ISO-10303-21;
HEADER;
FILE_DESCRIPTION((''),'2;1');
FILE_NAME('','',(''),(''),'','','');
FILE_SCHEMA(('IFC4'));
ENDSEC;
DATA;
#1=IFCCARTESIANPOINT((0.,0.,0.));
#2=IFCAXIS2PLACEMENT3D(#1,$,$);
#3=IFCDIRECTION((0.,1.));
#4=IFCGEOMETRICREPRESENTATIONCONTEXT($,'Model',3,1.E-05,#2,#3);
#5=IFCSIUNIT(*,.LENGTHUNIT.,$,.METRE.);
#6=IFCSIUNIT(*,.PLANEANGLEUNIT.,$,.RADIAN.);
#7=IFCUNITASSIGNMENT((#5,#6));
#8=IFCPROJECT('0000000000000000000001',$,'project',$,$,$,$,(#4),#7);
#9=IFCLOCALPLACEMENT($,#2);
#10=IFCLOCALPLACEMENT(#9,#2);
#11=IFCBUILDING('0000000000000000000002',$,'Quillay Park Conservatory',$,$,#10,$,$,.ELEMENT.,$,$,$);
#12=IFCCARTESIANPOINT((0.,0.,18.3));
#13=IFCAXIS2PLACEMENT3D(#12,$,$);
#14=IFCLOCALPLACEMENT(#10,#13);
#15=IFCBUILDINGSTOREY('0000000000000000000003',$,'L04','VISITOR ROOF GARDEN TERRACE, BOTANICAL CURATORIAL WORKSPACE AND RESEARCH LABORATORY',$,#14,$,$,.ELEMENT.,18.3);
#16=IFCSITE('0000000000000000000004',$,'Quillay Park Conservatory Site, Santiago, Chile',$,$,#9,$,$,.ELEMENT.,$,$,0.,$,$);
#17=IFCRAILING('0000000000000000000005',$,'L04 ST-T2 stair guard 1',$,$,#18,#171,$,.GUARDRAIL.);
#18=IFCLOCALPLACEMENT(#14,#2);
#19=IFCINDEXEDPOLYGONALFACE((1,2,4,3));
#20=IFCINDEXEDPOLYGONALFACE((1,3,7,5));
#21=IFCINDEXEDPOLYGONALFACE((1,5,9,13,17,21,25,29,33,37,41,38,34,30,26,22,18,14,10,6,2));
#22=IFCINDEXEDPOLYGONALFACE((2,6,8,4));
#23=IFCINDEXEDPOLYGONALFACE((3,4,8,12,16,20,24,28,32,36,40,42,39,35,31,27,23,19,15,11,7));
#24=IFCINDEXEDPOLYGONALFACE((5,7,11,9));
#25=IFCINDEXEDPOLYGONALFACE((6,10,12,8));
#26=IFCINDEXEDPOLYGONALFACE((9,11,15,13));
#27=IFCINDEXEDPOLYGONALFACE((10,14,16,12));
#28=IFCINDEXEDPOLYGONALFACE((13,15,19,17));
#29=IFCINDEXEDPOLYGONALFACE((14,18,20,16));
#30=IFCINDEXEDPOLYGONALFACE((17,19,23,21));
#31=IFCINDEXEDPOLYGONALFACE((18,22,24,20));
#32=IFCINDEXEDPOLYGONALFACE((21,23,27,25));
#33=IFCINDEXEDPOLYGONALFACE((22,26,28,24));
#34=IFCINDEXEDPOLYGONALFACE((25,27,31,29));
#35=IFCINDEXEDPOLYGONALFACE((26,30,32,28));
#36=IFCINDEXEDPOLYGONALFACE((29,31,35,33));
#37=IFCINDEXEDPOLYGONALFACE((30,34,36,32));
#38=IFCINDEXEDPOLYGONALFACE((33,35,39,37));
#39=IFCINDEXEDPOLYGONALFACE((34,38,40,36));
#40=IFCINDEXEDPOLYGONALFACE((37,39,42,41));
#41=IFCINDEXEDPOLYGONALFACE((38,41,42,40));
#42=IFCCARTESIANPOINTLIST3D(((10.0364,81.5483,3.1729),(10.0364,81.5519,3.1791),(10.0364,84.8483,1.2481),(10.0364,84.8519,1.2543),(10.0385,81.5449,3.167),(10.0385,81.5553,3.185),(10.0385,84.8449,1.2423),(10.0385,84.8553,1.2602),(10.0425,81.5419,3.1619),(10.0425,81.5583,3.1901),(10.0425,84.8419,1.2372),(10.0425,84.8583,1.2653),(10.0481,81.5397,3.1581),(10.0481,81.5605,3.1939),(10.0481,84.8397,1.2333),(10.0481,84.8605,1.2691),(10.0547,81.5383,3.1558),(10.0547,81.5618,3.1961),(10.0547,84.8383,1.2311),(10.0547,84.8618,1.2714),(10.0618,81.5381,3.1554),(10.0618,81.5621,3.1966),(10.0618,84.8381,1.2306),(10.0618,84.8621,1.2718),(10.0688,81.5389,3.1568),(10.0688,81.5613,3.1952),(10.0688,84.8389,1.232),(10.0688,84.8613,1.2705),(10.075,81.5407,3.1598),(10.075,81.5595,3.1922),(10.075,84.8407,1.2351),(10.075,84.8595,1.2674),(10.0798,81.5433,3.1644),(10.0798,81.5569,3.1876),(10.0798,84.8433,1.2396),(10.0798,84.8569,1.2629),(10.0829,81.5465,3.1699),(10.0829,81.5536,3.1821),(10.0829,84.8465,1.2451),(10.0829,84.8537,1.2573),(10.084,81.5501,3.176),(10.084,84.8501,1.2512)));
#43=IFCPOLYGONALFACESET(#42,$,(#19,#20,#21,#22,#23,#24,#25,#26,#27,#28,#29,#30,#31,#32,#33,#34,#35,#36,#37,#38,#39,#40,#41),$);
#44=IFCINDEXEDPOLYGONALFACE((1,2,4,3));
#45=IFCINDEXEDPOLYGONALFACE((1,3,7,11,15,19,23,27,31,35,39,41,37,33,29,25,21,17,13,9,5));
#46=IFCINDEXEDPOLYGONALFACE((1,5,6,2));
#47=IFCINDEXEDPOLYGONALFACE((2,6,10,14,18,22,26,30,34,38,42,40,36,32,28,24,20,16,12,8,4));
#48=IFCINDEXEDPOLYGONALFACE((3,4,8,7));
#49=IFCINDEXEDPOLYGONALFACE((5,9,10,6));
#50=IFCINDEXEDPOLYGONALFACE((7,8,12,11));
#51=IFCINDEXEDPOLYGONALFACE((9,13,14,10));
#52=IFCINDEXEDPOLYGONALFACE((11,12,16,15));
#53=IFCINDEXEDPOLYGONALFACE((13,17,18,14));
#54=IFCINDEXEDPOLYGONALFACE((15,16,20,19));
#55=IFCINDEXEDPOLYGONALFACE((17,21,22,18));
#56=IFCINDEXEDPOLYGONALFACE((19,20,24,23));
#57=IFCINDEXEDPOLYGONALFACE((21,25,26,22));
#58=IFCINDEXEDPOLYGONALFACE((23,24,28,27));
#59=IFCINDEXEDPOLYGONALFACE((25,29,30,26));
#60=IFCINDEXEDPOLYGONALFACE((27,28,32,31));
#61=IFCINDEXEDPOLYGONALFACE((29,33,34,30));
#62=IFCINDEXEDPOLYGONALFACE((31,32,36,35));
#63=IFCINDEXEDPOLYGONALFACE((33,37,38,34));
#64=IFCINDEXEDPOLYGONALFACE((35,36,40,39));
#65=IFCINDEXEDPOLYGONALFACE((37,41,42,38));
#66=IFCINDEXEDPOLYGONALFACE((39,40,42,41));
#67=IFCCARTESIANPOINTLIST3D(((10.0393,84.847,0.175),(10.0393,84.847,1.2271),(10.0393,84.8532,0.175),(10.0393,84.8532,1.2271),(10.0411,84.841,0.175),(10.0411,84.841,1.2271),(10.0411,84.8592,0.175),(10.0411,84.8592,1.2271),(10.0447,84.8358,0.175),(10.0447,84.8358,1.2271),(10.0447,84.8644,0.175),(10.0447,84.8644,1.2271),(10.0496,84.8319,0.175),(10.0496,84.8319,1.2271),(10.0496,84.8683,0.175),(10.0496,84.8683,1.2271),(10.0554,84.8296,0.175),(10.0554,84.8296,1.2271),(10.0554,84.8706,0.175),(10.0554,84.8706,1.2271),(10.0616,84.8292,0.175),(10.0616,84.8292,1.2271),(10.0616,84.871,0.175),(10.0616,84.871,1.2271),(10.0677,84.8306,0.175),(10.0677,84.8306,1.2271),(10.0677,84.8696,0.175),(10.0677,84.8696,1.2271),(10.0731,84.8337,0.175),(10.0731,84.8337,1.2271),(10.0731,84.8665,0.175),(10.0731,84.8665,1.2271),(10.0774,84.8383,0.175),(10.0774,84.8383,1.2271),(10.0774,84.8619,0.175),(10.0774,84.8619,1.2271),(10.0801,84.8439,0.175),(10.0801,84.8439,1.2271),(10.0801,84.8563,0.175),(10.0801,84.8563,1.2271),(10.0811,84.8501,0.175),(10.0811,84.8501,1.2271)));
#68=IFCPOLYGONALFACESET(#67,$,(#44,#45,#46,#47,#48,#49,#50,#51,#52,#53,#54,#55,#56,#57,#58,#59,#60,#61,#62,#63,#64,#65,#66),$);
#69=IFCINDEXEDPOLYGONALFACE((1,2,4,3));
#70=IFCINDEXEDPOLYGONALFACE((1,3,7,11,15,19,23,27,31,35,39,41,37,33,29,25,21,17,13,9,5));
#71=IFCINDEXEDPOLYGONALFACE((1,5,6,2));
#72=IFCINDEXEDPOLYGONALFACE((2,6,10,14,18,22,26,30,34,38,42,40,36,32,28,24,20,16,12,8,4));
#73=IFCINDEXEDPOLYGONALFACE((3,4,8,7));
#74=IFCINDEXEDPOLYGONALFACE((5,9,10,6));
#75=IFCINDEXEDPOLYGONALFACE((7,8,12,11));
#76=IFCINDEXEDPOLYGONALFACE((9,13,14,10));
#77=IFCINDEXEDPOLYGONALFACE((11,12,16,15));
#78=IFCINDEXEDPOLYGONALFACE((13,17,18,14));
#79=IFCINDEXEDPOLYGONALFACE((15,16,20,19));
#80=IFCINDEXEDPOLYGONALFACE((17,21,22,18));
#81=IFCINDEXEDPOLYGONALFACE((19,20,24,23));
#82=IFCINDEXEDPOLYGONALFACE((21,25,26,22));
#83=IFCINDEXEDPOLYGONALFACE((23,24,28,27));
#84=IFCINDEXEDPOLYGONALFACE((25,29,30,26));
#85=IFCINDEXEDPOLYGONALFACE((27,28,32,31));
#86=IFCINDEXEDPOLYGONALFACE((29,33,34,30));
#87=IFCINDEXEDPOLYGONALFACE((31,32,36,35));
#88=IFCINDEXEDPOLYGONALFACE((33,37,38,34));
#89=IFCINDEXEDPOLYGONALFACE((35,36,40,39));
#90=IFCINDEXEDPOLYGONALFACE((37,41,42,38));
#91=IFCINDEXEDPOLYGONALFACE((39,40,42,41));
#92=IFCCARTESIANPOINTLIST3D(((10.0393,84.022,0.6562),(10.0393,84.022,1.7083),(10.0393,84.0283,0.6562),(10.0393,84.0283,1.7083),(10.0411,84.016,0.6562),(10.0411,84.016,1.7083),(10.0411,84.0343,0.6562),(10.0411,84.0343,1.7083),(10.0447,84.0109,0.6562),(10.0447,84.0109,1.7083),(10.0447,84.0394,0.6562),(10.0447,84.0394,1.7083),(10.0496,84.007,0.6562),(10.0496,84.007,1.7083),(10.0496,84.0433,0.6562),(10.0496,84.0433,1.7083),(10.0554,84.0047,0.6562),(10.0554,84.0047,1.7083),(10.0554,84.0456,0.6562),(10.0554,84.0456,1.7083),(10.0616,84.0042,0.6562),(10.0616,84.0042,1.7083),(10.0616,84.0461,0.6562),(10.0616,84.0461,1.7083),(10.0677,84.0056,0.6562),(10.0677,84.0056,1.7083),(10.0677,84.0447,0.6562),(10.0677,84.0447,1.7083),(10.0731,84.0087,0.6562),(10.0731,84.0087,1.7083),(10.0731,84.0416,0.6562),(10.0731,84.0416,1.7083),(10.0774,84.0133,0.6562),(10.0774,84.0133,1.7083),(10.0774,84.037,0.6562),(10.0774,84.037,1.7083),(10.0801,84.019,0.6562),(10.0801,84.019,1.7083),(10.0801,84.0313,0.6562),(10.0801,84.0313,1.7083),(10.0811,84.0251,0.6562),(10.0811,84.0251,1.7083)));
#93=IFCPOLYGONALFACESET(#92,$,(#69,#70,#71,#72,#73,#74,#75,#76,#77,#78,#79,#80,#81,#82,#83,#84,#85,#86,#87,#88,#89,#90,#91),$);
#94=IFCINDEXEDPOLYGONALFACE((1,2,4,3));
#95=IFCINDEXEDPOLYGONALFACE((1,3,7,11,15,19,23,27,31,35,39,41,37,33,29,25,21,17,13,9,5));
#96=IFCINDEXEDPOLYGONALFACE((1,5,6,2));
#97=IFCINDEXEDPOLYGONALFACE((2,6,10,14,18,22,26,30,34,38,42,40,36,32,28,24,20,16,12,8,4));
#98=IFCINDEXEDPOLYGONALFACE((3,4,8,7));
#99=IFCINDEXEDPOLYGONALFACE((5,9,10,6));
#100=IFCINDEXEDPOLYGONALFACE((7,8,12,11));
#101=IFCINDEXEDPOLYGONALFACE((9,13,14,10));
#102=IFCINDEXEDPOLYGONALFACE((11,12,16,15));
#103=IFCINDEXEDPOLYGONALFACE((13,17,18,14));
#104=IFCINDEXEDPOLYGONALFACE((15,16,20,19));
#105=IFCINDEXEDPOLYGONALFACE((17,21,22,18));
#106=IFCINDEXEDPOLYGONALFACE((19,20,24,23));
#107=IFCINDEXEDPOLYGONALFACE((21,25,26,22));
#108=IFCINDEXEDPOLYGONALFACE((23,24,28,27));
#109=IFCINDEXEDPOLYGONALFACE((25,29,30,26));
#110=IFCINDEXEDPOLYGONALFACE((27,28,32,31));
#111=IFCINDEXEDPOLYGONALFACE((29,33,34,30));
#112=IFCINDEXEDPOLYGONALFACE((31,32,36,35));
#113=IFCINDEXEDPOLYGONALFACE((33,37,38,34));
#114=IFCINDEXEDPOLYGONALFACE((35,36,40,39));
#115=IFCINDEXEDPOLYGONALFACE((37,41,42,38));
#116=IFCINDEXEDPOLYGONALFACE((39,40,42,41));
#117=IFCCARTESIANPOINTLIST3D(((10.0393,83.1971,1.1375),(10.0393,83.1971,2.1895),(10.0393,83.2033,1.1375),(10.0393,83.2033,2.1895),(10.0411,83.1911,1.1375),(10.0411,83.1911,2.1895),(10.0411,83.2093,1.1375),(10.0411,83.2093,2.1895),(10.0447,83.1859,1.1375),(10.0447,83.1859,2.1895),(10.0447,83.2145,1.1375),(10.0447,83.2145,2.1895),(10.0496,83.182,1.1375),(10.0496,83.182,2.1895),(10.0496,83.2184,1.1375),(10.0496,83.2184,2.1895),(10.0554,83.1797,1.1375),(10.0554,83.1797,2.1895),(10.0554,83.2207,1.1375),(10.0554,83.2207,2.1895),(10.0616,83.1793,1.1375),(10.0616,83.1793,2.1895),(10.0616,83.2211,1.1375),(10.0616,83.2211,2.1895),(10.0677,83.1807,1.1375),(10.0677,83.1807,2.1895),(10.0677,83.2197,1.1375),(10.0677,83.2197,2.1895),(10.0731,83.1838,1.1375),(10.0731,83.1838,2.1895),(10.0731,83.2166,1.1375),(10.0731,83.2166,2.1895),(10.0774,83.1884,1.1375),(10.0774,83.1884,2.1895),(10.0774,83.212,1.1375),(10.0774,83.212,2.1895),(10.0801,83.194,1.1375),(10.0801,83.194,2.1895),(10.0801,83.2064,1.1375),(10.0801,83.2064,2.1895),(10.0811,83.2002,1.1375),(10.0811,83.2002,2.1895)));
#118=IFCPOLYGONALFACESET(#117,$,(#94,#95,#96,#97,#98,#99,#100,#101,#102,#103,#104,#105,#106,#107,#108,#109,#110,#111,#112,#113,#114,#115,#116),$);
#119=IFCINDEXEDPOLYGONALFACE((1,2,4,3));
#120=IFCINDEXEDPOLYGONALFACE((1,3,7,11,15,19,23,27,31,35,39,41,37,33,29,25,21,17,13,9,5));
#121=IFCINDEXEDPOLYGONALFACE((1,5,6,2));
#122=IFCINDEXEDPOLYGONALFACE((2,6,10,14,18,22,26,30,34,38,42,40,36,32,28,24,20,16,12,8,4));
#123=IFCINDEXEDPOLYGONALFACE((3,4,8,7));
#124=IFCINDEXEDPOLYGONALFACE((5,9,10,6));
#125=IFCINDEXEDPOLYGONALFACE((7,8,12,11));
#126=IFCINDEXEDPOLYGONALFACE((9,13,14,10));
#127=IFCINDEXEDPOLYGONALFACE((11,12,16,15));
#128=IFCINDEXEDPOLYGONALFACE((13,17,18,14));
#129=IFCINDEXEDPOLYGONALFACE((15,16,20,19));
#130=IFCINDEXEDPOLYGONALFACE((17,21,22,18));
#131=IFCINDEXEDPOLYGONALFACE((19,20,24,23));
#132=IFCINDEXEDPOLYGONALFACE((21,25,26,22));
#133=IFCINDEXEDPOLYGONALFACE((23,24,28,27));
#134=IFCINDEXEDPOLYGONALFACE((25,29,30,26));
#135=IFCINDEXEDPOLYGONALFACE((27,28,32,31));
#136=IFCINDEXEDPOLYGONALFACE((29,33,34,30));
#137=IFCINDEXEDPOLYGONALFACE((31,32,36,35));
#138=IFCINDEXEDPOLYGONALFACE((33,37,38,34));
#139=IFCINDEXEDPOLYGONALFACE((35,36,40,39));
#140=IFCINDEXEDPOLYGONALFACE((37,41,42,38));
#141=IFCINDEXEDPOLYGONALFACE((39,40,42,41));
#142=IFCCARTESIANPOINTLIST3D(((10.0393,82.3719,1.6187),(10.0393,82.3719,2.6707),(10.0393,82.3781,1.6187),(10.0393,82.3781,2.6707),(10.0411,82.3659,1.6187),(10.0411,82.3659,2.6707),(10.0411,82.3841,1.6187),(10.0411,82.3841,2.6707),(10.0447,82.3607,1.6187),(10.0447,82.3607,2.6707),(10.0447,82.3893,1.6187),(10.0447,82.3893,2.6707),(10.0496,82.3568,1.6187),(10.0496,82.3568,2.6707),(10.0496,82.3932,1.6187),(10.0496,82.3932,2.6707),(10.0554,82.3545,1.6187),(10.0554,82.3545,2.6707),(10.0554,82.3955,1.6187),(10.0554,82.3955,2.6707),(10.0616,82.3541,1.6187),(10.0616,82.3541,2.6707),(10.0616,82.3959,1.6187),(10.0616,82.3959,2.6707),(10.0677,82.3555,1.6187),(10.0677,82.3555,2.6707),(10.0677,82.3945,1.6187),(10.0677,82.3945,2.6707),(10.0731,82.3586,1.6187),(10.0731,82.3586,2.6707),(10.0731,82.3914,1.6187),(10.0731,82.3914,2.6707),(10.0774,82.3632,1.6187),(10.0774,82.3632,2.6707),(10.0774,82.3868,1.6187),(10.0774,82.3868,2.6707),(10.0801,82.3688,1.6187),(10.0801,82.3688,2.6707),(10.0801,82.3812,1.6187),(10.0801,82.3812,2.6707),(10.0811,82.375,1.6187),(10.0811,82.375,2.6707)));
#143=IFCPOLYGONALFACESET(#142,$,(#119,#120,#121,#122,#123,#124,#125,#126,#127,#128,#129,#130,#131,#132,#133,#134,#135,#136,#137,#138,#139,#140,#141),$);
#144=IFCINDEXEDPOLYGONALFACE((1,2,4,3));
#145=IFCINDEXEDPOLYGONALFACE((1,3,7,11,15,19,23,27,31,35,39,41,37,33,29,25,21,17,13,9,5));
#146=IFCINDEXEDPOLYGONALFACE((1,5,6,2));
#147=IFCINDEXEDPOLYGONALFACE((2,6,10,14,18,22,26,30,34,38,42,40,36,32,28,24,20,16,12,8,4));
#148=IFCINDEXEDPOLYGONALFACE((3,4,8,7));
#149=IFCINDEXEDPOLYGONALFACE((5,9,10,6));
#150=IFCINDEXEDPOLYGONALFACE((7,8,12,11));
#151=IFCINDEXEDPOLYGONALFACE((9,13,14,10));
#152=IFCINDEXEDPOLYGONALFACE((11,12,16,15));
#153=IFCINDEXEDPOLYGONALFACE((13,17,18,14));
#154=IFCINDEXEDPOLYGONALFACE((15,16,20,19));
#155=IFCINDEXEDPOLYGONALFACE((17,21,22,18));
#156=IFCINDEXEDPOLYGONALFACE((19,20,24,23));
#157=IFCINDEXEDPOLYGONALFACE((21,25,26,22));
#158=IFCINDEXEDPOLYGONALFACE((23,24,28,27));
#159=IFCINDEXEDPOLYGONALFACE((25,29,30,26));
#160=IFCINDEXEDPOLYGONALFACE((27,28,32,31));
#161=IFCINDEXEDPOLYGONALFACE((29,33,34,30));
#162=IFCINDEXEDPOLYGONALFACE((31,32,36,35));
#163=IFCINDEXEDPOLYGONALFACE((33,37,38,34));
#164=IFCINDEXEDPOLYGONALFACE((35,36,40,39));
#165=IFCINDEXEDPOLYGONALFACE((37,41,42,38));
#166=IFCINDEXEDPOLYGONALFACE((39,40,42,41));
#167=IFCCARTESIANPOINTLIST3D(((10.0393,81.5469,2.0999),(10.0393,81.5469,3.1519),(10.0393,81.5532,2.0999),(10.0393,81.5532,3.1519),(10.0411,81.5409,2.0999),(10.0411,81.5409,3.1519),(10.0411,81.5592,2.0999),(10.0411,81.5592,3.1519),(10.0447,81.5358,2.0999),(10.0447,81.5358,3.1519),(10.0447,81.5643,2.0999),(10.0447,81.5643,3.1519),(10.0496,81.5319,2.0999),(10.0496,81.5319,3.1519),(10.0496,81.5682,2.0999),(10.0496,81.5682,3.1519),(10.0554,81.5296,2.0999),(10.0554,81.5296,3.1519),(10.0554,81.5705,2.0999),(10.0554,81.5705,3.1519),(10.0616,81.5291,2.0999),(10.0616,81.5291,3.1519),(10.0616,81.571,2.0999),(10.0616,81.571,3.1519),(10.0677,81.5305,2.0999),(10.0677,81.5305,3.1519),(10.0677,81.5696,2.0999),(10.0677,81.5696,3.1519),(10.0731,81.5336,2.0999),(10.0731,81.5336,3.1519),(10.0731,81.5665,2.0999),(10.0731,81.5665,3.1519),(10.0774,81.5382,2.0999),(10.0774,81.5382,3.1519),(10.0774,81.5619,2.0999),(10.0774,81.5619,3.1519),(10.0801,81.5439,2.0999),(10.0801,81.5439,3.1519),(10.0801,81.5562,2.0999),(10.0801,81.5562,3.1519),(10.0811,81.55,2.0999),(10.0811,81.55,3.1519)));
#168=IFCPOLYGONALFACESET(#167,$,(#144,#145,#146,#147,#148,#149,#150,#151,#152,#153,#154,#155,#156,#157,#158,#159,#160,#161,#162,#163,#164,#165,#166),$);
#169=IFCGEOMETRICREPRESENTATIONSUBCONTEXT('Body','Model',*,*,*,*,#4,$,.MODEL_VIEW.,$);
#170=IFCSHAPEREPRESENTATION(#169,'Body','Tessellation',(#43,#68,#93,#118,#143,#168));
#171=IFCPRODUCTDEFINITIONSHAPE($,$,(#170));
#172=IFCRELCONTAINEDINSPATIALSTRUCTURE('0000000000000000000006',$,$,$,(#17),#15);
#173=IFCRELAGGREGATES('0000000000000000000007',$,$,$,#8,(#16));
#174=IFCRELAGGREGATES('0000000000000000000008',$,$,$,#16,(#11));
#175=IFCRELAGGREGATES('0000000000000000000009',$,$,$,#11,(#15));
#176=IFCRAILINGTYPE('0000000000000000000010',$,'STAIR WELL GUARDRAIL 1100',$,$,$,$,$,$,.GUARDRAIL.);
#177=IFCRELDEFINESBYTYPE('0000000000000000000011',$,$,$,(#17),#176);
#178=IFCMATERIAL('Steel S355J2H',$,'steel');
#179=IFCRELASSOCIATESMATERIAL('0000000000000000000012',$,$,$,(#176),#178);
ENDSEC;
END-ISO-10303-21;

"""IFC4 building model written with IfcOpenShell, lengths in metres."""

from ifc_helpers import new_model, si_unit, direction, frame, origin, origin_2d, place, context, subcontext, project, spatial, circle, extrude, material, type_object, element, save


model = new_model("IFC4")

# Units and contexts
model_context = context("Model", 3, precision=1e-05, world=origin(), true_north=direction((0.0, 1.0)))
body_context = subcontext(model_context, "Body", "Model", "MODEL_VIEW")
ifc_project = project(units=[si_unit("LENGTHUNIT", "METRE"), si_unit("PLANEANGLEUNIT", "RADIAN")], contexts=[model_context])

# Site, building, storey
site_placement = place(None, origin())
site = spatial("IfcSite", under=ifc_project, at=site_placement, Name="Quillay Park Conservatory Site, Santiago, Chile", CompositionType="ELEMENT", RefElevation=0.0)
building_placement = place(site_placement, origin())
building = spatial("IfcBuilding", under=site, at=building_placement, Name="Quillay Park Conservatory", CompositionType="ELEMENT")
storey_placement = place(building_placement, frame((0.0, 0.0, 18.3)))
storey = spatial("IfcBuildingStorey", under=building, at=storey_placement, Name="L04", Description="VISITOR ROOF GARDEN TERRACE, BOTANICAL CURATORIAL WORKSPACE AND RESEARCH LABORATORY", CompositionType="ELEMENT", Elevation=18.3)

# Railing
ifc_material_1 = material(Name="Steel S355J2H", Category="steel")
railing_type_1 = type_object("IfcRailingType", Name="STAIR WELL GUARDRAIL 1100", PredefinedType="GUARDRAIL", material=ifc_material_1)
railing_1_placement = place(storey_placement, frame((10.0601, 84.8501, 0.175)))
element("IfcRailing", 1, at=railing_1_placement, inside=storey, type_object=railing_type_1, Name="L04 ST-T2 stair guard 1", PredefinedType="GUARDRAIL", context=body_context, shape_type="SweptSolid", body=[
    extrude(circle(Radius=0.0239, at=origin_2d()), frame((0.0, 0.0, 1.0762), z_axis=(0.0, -0.863804, 0.503827), x_axis=(1.0, 0.0, 0.0)), (0.0, 0.0, 1.0), 3.8203),
    extrude(circle(Radius=0.021, at=origin_2d()), origin(), (0.0, 0.0, 1.0), 1.052),
    extrude(circle(Radius=0.021, at=origin_2d()), frame((0.0, -0.825, 0.4812)), (0.0, 0.0, 1.0), 1.052),
    extrude(circle(Radius=0.021, at=origin_2d()), frame((0.0, -1.6499, 0.9624)), (0.0, 0.0, 1.0), 1.052),
    extrude(circle(Radius=0.021, at=origin_2d()), frame((0.0, -2.4751, 1.4436)), (0.0, 0.0, 1.0), 1.052),
    extrude(circle(Radius=0.021, at=origin_2d()), frame((0.0, -3.3, 1.9248)), (0.0, 0.0, 1.0), 1.052),
])

save(model, "model.ifc")
